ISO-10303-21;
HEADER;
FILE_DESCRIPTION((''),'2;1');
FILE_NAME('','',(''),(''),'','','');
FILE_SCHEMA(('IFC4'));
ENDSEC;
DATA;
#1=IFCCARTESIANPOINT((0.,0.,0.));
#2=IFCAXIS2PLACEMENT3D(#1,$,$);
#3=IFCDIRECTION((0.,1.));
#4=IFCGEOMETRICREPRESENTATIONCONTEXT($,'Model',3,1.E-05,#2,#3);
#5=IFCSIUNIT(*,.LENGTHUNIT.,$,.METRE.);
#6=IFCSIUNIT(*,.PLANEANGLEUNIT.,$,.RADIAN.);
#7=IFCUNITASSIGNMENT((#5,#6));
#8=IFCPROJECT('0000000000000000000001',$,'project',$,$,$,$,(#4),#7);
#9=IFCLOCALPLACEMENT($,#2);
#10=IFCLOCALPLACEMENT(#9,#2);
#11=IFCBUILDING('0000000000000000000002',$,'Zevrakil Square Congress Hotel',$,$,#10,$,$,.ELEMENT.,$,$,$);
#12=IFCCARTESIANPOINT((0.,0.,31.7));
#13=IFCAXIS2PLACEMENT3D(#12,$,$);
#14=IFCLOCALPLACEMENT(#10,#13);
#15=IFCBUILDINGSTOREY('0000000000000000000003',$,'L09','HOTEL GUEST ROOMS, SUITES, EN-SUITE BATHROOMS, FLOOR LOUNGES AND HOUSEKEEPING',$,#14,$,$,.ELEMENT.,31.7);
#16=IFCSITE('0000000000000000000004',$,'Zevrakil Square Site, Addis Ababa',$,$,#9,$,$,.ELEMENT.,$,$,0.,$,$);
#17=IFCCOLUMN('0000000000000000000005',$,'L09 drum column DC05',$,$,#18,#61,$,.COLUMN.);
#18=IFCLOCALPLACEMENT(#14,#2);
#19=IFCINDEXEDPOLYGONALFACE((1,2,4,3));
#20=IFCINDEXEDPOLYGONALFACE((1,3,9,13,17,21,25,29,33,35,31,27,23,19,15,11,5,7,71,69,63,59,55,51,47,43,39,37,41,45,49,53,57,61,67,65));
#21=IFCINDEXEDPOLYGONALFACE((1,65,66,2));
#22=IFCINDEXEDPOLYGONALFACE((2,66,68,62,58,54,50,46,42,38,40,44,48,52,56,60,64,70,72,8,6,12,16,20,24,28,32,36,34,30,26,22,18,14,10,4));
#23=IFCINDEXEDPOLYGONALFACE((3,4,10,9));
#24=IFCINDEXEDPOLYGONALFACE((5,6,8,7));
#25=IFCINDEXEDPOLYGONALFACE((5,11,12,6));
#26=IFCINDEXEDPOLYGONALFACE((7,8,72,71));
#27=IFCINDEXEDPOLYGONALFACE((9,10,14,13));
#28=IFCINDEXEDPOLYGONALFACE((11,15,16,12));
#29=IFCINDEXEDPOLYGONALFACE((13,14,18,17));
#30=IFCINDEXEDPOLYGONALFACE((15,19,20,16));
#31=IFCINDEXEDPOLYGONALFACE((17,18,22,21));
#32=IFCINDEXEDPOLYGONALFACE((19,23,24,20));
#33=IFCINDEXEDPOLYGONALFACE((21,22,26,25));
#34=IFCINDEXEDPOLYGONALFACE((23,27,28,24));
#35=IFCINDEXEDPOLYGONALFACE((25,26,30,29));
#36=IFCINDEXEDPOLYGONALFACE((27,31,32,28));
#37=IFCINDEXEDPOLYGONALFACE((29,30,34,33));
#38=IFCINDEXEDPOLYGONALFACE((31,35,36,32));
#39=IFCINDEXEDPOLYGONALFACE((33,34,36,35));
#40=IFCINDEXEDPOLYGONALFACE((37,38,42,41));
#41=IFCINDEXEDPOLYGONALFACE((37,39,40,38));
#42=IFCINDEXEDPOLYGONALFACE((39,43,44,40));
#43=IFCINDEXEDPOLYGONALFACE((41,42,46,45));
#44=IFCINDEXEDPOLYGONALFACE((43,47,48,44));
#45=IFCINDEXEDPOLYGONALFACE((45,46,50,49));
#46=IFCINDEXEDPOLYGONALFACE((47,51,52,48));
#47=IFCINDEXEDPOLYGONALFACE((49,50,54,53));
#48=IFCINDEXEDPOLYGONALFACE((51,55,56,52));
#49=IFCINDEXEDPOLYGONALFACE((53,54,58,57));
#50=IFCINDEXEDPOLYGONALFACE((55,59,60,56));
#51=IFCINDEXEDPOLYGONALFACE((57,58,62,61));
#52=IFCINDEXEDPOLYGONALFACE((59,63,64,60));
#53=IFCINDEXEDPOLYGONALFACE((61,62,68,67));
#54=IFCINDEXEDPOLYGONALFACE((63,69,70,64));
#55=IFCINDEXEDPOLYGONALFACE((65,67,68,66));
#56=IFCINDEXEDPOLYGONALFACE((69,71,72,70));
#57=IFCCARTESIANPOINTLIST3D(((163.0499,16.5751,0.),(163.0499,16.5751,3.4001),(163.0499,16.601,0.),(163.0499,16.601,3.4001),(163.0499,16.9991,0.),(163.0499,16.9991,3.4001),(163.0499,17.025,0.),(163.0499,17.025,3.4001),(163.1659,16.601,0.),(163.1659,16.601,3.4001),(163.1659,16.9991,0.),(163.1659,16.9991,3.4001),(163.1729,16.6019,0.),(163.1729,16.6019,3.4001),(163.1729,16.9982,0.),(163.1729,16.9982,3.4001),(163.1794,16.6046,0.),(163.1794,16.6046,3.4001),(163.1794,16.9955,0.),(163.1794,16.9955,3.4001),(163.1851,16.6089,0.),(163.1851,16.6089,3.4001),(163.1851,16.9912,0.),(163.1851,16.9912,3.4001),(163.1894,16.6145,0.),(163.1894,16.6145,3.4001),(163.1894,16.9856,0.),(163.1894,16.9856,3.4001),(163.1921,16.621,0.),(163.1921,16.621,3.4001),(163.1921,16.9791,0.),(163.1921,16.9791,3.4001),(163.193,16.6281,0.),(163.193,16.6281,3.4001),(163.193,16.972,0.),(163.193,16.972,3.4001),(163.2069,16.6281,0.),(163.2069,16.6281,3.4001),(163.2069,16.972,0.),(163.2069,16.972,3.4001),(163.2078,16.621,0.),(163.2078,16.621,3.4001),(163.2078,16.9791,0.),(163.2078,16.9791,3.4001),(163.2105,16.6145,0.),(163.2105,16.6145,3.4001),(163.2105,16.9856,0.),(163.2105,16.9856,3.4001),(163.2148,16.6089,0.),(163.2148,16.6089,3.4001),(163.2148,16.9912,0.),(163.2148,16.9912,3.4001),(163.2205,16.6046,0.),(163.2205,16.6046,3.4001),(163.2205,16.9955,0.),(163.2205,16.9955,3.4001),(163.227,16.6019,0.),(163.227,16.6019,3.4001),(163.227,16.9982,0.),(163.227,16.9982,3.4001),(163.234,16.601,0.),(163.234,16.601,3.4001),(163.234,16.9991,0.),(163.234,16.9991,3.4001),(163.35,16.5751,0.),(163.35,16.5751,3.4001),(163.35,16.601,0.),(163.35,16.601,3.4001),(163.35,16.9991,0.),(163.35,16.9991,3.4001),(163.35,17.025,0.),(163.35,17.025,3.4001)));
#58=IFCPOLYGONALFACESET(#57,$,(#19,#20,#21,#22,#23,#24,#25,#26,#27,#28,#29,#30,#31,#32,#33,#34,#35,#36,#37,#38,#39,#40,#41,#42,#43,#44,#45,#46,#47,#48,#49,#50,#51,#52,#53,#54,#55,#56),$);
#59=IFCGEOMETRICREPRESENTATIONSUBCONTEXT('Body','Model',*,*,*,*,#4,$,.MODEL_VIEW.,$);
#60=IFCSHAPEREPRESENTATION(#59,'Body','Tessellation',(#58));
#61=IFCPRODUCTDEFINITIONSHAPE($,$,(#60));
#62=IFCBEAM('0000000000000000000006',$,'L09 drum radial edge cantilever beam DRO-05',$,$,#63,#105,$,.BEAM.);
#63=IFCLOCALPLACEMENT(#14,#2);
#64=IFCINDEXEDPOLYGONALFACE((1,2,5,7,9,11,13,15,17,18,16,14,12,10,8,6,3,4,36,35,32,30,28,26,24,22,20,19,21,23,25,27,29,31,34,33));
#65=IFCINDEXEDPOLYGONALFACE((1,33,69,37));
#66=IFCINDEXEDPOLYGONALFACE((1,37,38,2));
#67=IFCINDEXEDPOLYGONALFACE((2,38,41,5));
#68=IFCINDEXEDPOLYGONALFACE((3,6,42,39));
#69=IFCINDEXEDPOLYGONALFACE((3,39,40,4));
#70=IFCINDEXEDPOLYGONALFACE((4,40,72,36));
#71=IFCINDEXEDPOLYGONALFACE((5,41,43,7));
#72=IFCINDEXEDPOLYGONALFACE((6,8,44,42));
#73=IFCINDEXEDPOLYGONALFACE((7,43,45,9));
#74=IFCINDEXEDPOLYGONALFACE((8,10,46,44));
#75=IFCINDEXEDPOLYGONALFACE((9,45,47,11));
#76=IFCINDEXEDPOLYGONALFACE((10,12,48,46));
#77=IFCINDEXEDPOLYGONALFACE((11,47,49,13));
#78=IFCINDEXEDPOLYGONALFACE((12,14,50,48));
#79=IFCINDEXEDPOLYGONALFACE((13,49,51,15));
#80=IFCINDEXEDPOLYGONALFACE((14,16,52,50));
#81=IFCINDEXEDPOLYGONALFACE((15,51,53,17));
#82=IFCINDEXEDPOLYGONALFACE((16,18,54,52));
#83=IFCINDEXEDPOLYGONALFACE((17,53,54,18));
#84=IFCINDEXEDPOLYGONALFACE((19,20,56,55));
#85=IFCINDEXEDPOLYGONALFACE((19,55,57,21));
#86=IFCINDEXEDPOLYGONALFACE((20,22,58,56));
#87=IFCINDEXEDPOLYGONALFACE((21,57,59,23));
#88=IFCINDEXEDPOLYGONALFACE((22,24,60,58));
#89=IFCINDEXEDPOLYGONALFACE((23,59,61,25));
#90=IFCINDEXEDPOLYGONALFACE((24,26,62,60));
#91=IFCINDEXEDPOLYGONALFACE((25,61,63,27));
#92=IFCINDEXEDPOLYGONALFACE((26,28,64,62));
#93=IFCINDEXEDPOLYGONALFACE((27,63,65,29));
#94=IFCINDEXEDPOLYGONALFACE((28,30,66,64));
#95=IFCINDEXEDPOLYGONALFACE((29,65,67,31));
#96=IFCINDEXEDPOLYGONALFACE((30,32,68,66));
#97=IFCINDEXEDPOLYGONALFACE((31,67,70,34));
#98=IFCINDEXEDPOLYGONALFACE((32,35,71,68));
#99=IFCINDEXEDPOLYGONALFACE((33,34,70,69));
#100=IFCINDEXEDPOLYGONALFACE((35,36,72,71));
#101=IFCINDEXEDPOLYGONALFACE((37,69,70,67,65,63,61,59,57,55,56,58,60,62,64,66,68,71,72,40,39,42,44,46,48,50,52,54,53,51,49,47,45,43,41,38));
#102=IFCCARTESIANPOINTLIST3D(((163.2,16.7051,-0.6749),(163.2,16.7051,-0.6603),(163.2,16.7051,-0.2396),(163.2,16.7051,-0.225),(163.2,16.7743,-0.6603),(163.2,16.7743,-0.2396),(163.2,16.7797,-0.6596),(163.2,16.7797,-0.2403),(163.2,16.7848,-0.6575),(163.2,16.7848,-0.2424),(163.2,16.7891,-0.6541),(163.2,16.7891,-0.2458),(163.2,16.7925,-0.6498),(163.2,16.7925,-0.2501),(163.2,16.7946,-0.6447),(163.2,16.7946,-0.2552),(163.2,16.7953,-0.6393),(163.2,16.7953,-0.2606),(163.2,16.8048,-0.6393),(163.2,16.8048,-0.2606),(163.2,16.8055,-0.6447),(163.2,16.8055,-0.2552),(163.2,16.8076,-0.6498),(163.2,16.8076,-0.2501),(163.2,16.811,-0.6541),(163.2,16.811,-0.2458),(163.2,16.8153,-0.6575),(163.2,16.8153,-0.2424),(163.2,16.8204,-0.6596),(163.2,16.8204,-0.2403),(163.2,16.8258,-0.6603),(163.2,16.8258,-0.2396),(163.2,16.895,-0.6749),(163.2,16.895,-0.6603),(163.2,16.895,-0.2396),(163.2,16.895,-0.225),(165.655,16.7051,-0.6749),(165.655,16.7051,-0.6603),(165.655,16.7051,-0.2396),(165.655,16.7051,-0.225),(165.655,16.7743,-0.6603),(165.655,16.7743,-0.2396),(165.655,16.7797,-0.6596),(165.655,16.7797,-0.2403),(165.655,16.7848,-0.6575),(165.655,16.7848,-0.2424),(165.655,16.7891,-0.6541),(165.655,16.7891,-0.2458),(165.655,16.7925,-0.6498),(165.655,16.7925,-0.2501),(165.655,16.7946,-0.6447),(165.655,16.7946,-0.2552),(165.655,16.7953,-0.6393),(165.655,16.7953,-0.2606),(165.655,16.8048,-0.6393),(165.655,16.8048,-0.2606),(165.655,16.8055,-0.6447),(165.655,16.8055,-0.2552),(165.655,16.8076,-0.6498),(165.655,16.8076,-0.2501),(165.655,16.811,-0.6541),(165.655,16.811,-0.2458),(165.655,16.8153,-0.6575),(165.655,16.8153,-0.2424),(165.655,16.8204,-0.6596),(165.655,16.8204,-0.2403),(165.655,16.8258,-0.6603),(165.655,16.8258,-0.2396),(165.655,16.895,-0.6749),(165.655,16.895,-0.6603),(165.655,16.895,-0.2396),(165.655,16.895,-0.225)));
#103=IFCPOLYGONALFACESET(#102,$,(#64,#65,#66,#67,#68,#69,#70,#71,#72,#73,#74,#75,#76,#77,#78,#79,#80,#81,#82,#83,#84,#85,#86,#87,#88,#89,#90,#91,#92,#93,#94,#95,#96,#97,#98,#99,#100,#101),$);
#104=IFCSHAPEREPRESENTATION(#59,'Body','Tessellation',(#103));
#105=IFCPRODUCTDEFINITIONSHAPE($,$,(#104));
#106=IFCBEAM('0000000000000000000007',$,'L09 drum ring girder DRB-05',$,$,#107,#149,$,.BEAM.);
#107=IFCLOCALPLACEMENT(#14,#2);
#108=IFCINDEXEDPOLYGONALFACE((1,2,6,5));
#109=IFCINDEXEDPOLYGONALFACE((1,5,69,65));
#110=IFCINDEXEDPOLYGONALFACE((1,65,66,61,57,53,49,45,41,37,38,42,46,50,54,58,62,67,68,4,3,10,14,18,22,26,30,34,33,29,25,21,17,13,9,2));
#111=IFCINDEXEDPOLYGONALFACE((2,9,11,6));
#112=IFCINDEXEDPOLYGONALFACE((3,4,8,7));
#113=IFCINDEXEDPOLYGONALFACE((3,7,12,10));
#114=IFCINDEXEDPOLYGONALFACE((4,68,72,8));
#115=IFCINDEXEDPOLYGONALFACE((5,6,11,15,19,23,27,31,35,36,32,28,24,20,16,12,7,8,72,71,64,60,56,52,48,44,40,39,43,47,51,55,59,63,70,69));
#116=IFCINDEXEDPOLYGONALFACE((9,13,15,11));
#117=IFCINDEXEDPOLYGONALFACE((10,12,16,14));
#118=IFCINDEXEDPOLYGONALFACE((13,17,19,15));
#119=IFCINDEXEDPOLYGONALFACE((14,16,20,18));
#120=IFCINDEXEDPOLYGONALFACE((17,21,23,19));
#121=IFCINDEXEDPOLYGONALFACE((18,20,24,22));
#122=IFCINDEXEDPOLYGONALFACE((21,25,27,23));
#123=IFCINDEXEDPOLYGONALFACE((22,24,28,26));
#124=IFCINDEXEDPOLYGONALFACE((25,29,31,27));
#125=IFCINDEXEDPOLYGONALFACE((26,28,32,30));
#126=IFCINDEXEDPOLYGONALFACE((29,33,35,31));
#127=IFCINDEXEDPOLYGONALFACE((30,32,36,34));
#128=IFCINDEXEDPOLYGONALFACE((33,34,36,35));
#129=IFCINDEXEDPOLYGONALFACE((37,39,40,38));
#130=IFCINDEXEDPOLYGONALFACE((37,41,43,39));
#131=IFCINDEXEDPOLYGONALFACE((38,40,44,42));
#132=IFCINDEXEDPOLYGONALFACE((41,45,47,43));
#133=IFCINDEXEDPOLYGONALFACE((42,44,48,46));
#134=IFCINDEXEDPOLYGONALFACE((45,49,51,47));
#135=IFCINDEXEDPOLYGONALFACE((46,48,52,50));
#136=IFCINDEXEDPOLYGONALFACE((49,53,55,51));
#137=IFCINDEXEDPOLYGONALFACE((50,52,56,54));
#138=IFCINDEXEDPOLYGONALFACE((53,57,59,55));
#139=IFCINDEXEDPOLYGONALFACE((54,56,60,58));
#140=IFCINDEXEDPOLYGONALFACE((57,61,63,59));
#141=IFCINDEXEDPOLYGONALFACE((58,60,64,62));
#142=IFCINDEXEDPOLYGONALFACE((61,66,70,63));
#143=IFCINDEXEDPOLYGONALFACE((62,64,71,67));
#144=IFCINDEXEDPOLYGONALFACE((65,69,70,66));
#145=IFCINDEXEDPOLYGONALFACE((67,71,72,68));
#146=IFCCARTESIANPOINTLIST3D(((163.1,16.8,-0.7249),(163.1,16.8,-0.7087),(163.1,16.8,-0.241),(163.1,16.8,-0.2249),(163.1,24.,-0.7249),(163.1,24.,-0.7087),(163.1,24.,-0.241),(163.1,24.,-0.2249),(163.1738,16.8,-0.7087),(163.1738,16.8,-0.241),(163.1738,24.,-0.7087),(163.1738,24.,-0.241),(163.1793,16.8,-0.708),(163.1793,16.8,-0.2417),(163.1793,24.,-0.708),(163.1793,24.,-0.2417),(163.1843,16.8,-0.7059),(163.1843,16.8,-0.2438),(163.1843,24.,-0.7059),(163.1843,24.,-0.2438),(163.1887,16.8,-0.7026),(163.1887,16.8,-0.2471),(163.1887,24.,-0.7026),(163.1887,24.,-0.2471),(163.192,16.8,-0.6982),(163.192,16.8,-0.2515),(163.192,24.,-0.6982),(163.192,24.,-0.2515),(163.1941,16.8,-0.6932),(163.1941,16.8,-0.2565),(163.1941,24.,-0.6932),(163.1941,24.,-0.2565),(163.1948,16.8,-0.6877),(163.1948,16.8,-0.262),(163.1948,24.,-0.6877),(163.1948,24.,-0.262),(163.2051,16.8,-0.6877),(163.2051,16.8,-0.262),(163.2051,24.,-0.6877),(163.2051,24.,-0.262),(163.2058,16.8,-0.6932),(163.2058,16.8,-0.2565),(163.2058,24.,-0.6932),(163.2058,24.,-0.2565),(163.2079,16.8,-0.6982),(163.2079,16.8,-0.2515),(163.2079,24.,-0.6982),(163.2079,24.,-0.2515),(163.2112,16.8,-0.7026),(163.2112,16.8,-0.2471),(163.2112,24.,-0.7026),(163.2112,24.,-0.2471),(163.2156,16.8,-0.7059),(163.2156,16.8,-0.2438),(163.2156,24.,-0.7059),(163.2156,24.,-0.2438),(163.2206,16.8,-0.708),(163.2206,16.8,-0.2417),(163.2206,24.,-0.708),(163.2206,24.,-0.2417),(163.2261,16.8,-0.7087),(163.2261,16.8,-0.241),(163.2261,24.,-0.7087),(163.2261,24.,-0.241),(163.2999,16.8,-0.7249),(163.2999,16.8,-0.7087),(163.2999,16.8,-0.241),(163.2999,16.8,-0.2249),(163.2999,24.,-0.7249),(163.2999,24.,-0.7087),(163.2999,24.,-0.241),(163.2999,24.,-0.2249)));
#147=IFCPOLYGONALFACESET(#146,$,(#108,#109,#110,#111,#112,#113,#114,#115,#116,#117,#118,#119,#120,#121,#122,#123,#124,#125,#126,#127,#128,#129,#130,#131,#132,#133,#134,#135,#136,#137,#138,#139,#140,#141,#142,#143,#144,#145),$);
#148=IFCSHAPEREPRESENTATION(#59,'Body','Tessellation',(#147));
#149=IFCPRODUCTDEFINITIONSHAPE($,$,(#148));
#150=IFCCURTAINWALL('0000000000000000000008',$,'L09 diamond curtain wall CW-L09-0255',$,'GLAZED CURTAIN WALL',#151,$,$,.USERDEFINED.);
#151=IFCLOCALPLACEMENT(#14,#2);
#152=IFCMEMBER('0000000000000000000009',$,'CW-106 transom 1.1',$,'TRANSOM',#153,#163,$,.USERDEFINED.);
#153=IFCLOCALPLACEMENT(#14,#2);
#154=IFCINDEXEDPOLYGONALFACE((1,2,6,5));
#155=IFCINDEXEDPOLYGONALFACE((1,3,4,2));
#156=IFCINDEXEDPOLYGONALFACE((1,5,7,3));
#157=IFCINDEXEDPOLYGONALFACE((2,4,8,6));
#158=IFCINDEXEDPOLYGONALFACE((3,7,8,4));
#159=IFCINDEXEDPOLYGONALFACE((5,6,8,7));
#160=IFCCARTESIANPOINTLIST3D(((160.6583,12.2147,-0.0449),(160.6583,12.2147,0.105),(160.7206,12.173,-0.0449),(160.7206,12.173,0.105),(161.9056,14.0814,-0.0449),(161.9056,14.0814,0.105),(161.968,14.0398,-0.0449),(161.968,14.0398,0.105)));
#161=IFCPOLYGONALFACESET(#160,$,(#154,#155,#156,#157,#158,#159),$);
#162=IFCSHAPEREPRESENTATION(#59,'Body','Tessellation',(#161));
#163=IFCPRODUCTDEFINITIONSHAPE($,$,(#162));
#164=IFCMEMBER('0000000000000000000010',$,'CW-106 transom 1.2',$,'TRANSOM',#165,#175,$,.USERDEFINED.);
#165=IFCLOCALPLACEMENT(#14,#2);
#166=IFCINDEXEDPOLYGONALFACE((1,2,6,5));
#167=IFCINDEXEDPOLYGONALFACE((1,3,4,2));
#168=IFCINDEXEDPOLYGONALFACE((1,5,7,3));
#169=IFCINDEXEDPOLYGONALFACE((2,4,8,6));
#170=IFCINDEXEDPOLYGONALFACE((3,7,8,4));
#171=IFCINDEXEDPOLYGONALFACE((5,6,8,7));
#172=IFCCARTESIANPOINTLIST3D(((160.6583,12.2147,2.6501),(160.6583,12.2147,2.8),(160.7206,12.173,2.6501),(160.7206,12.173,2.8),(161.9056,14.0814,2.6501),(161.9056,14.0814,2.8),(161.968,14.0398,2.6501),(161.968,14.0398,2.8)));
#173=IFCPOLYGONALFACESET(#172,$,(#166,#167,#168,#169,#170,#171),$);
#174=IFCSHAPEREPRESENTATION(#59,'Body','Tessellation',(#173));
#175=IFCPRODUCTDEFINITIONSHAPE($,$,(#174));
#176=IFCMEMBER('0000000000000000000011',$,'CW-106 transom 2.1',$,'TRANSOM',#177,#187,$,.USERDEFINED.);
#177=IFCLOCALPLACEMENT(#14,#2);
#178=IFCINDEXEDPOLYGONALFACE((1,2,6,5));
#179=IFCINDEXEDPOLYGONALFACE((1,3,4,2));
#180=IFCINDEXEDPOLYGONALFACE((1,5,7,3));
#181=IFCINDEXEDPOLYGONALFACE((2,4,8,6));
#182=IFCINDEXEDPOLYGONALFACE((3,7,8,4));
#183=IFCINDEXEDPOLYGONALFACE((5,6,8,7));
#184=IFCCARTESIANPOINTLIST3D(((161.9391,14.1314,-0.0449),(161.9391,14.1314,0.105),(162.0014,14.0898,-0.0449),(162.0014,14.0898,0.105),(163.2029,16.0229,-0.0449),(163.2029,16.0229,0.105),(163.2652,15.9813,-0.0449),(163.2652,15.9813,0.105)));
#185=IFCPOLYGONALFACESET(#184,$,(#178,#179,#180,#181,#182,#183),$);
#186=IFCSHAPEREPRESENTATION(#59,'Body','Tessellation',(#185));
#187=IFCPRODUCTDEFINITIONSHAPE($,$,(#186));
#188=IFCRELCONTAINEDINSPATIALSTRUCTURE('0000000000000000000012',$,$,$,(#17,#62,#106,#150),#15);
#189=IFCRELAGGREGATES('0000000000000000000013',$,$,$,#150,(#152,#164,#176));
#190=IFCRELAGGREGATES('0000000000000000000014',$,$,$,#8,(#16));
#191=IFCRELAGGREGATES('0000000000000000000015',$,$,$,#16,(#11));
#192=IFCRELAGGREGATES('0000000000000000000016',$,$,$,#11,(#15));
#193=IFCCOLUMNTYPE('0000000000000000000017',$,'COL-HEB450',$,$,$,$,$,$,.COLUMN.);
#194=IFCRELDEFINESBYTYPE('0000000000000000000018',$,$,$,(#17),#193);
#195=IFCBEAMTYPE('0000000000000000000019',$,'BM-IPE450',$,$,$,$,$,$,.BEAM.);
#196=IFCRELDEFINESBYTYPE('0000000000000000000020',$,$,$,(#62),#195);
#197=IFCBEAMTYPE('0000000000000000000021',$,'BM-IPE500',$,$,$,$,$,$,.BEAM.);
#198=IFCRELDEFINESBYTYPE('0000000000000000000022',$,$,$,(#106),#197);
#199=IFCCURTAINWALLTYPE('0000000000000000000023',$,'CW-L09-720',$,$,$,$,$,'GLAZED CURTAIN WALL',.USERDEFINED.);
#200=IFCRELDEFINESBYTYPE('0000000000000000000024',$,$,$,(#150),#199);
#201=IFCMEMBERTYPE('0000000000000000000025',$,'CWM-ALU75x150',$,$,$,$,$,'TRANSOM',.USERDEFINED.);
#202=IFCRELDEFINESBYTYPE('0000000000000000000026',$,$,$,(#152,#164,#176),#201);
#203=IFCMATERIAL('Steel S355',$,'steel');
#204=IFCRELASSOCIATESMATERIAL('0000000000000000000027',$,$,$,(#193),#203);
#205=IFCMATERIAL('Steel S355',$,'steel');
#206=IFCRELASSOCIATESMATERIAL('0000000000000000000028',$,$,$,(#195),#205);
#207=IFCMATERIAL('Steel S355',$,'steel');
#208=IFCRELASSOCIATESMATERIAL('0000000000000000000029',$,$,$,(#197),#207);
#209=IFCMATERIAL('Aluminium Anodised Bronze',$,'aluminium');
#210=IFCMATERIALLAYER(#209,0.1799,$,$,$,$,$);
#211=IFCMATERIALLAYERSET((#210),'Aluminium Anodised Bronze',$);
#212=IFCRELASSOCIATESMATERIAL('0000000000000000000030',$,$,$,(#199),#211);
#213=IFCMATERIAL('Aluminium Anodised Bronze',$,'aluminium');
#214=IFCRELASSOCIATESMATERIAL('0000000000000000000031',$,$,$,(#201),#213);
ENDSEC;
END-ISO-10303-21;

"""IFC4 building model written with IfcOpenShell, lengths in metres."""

from ifc_helpers import new_model, si_unit, direction, frame, origin, origin_2d, place, context, subcontext, project, spatial, rectangle, i_section, extrude, material, layer, layer_set, material_profile, profile_set, type_object, element, aggregate, save


model = new_model("IFC4")

# Units and contexts
model_context = context("Model", 3, precision=1e-05, world=origin(), true_north=direction((0.0, 1.0)))
body_context = subcontext(model_context, "Body", "Model", "MODEL_VIEW")
ifc_project = project(units=[si_unit("LENGTHUNIT", "METRE"), si_unit("PLANEANGLEUNIT", "RADIAN")], contexts=[model_context])

# Site, building, storey
site_placement = place(None, origin())
site = spatial("IfcSite", under=ifc_project, at=site_placement, Name="Zevrakil Square Site, Addis Ababa", CompositionType="ELEMENT", RefElevation=0.0)
building_placement = place(site_placement, origin())
building = spatial("IfcBuilding", under=site, at=building_placement, Name="Zevrakil Square Congress Hotel", CompositionType="ELEMENT")
storey_placement = place(building_placement, frame((0.0, 0.0, 31.7)))
storey = spatial("IfcBuildingStorey", under=building, at=storey_placement, Name="L09", Description="HOTEL GUEST ROOMS, SUITES, EN-SUITE BATHROOMS, FLOOR LOUNGES AND HOUSEKEEPING", CompositionType="ELEMENT", Elevation=31.7)

# Column
ifc_material_1 = material(Name="Steel S355", Category="steel")
ifc_material_profile_1 = material_profile(ifc_material_1, i_section(OverallWidth=0.3, OverallDepth=0.45, WebThickness=0.0139, FlangeThickness=0.0259, FilletRadius=0.0271, at=origin_2d()), Name="HEB 450")
ifc_profile_set_1 = profile_set([ifc_material_profile_1], Name="Steel S355")
column_type = type_object("IfcColumnType", Name="COL-HEB450", PredefinedType="COLUMN", material=ifc_profile_set_1)
column_placement = place(storey_placement, frame((163.2, 16.8, 0.0), z_axis=(0.0, 0.0, 1.0), x_axis=(1.0, 0.0, 0.0)))
element("IfcColumn", 1, at=column_placement, inside=storey, type_object=column_type, Name="L09 drum column DC05", PredefinedType="COLUMN", context=body_context, shape_type="SweptSolid", body=[
    extrude(i_section(OverallWidth=0.3, OverallDepth=0.45, WebThickness=0.0139, FlangeThickness=0.0259, FilletRadius=0.0271, at=origin_2d()), origin(), (0.0, 0.0, 1.0), 3.4001),
])

# Beams
ifc_material_2 = material(Name="Steel S355", Category="steel")
ifc_material_profile_2 = material_profile(ifc_material_2, i_section(OverallWidth=0.1899, OverallDepth=0.45, WebThickness=0.0095, FlangeThickness=0.0146, FilletRadius=0.021, at=origin_2d()), Name="IPE 450")
ifc_profile_set_2 = profile_set([ifc_material_profile_2], Name="Steel S355")
beam_type_1 = type_object("IfcBeamType", Name="BM-IPE450", PredefinedType="BEAM", material=ifc_profile_set_2)
beam_1_placement = place(storey_placement, frame((163.2, 16.8, -0.45), z_axis=(1.0, 0.0, 0.0), x_axis=(0.0, 1.0, 0.0)))
element("IfcBeam", 2, at=beam_1_placement, inside=storey, type_object=beam_type_1, Name="L09 drum radial edge cantilever beam DRO-05", PredefinedType="BEAM", context=body_context, shape_type="SweptSolid", body=[
    extrude(i_section(OverallWidth=0.1899, OverallDepth=0.45, WebThickness=0.0095, FlangeThickness=0.0146, FilletRadius=0.021, at=origin_2d()), origin(), (0.0, 0.0, 1.0), 2.4551),
])
ifc_material_3 = material(Name="Steel S355", Category="steel")
ifc_material_profile_3 = material_profile(ifc_material_3, i_section(OverallWidth=0.2, OverallDepth=0.5, WebThickness=0.0103, FlangeThickness=0.0161, FilletRadius=0.021, at=origin_2d()), Name="IPE 500")
ifc_profile_set_3 = profile_set([ifc_material_profile_3], Name="Steel S355")
beam_type_2 = type_object("IfcBeamType", Name="BM-IPE500", PredefinedType="BEAM", material=ifc_profile_set_3)
beam_2_placement = place(storey_placement, frame((163.2, 16.8, -0.4749), z_axis=(0.0, 1.0, 0.0), x_axis=(-1.0, 0.0, 0.0)))
element("IfcBeam", 3, at=beam_2_placement, inside=storey, type_object=beam_type_2, Name="L09 drum ring girder DRB-05", PredefinedType="BEAM", context=body_context, shape_type="SweptSolid", body=[
    extrude(i_section(OverallWidth=0.2, OverallDepth=0.5, WebThickness=0.0103, FlangeThickness=0.0161, FilletRadius=0.021, at=origin_2d()), origin(), (0.0, 0.0, 1.0), 7.2),
])

# Curtain wall, members
ifc_material_4 = material(Name="Aluminium Anodised Bronze", Category="aluminium")
ifc_layer_1 = layer(ifc_material_4, 0.1799)
ifc_layer_set_1 = layer_set([ifc_layer_1], Name="Aluminium Anodised Bronze")
curtain_wall_type = type_object("IfcCurtainWallType", Name="CW-L09-720", ElementType="GLAZED CURTAIN WALL", PredefinedType="USERDEFINED", material=ifc_layer_set_1)
curtain_wall_1_placement = place(storey_placement, origin())
curtain_wall_1 = element("IfcCurtainWall", 4, at=curtain_wall_1_placement, inside=storey, type_object=curtain_wall_type, Name="L09 diamond curtain wall CW-L09-0255", ObjectType="GLAZED CURTAIN WALL", PredefinedType="USERDEFINED")
ifc_material_5 = material(Name="Aluminium Anodised Bronze", Category="aluminium")
ifc_material_profile_4 = material_profile(ifc_material_5, rectangle(XDim=0.075, YDim=0.1499, at=origin_2d()), Name="ALU 75x150")
ifc_profile_set_4 = profile_set([ifc_material_profile_4], Name="Aluminium Anodised Bronze")
member_type_1 = type_object("IfcMemberType", Name="CWM-ALU75x150", ElementType="TRANSOM", PredefinedType="USERDEFINED", material=ifc_profile_set_4)
member_1_placement = place(storey_placement, frame((160.6895, 12.1938, 0.03), z_axis=(0.555578, 0.831464, 0.0), x_axis=(-0.831464, 0.555578, 0.0)))
member_1 = element("IfcMember", 5, at=member_1_placement, type_object=member_type_1, Name="CW-106 transom 1.1", ObjectType="TRANSOM", PredefinedType="USERDEFINED", context=body_context, shape_type="SweptSolid", body=[
    extrude(rectangle(XDim=0.075, YDim=0.1499, at=origin_2d()), origin(), (0.0, 0.0, 1.0), 2.2451),
])
member_2_placement = place(storey_placement, frame((160.6895, 12.1938, 2.7251), z_axis=(0.555578, 0.831464, 0.0), x_axis=(-0.831464, 0.555578, 0.0)))
member_2 = element("IfcMember", 6, at=member_2_placement, type_object=member_type_1, Name="CW-106 transom 1.2", ObjectType="TRANSOM", PredefinedType="USERDEFINED", context=body_context, shape_type="SweptSolid", body=[
    extrude(rectangle(XDim=0.075, YDim=0.1499, at=origin_2d()), origin(), (0.0, 0.0, 1.0), 2.2451),
])
member_3_placement = place(storey_placement, frame((161.9702, 14.1106, 0.03), z_axis=(0.555567, 0.831472, 0.0), x_axis=(-0.831472, 0.555567, 0.0)))
member_3 = element("IfcMember", 7, at=member_3_placement, type_object=member_type_1, Name="CW-106 transom 2.1", ObjectType="TRANSOM", PredefinedType="USERDEFINED", context=body_context, shape_type="SweptSolid", body=[
    extrude(rectangle(XDim=0.075, YDim=0.1499, at=origin_2d()), origin(), (0.0, 0.0, 1.0), 2.2749),
])

aggregate(curtain_wall_1, [member_1, member_2, member_3])

save(model, "model.ifc")
